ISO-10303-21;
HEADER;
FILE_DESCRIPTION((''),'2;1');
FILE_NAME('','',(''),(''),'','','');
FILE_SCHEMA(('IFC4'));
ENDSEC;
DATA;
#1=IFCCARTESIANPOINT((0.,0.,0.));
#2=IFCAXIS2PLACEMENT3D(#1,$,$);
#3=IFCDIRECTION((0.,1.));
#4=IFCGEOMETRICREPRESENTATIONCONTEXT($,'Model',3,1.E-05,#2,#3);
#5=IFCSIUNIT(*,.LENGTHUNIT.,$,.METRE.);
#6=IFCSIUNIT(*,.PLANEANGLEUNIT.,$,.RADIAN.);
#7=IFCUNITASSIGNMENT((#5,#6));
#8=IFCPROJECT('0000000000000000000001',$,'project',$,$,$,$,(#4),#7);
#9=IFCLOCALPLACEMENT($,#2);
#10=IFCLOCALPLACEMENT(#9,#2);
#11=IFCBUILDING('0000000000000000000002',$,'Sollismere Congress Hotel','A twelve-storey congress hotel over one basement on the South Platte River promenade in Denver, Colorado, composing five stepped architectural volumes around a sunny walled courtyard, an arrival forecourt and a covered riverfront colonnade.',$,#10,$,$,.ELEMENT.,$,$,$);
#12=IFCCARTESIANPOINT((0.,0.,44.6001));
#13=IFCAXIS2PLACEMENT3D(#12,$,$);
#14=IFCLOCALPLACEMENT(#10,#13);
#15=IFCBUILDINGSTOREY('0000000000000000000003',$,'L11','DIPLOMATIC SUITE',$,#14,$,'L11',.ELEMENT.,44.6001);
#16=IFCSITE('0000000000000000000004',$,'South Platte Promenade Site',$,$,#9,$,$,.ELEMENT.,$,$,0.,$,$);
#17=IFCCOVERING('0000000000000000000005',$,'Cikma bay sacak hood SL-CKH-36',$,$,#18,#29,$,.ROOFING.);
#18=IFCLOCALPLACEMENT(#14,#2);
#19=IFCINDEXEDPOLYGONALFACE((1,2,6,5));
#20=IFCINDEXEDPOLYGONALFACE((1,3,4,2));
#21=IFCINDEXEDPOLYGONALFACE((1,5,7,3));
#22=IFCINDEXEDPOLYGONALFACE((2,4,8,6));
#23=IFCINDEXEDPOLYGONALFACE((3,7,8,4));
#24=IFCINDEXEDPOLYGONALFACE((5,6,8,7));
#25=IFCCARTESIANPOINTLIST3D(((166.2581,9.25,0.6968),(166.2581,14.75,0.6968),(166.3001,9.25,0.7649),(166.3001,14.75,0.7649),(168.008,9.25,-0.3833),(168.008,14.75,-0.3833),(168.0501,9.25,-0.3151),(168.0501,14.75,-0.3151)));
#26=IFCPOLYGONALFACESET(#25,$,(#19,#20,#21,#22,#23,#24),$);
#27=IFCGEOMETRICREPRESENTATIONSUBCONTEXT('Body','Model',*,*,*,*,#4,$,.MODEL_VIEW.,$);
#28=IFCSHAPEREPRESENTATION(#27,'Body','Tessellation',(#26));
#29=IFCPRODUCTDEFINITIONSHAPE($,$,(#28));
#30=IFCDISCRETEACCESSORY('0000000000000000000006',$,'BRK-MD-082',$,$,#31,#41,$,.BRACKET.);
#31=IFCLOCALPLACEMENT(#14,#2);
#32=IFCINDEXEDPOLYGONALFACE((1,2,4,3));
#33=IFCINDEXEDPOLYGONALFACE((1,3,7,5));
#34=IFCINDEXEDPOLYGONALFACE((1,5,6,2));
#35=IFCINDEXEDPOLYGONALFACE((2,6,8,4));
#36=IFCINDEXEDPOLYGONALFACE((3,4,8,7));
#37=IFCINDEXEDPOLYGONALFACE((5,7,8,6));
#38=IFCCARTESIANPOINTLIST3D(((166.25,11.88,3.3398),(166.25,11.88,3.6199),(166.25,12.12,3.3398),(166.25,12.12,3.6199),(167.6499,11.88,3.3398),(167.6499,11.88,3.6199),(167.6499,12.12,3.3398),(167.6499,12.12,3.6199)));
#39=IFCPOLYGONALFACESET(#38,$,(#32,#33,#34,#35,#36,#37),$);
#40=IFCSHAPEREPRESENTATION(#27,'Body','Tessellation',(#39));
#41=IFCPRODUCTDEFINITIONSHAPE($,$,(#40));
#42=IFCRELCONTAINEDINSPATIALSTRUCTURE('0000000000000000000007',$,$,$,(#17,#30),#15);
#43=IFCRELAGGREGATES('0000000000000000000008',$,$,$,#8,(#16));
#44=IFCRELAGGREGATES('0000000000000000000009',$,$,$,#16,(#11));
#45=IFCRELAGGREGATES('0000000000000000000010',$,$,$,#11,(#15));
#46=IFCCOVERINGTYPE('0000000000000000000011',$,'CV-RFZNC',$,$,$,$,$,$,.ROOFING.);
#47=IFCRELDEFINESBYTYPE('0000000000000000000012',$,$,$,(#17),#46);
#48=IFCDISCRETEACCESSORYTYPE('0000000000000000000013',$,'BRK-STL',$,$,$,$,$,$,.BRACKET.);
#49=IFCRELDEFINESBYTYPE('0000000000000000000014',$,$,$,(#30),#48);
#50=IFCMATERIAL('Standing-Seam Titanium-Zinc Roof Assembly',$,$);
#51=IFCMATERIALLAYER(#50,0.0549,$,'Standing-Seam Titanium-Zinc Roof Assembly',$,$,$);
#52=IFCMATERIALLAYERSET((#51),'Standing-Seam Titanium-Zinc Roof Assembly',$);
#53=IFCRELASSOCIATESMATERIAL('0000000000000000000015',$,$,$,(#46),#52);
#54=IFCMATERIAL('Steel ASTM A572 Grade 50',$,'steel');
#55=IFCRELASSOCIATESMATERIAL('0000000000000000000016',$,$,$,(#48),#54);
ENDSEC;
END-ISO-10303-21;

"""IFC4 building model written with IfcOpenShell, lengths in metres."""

from ifc_helpers import new_model, si_unit, direction, frame, origin, origin_2d, place, context, subcontext, project, spatial, polyline, rectangle, outline, extrude, material, layer, layer_set, type_object, element, save


model = new_model("IFC4")

# Units and contexts
model_context = context("Model", 3, precision=1e-05, world=origin(), true_north=direction((0.0, 1.0)))
body_context = subcontext(model_context, "Body", "Model", "MODEL_VIEW")
ifc_project = project(units=[si_unit("LENGTHUNIT", "METRE"), si_unit("PLANEANGLEUNIT", "RADIAN")], contexts=[model_context])

# Site, building, storey
site_placement = place(None, origin())
site = spatial("IfcSite", under=ifc_project, at=site_placement, Name="South Platte Promenade Site", CompositionType="ELEMENT", RefElevation=0.0)
building_placement = place(site_placement, origin())
building = spatial("IfcBuilding", under=site, at=building_placement, Name="Sollismere Congress Hotel", Description="A twelve-storey congress hotel over one basement on the South Platte River promenade in Denver, Colorado, composing five stepped architectural volumes around a sunny walled courtyard, an arrival forecourt and a covered riverfront colonnade.", CompositionType="ELEMENT")
storey_placement = place(building_placement, frame((0.0, 0.0, 44.6001)))
storey = spatial("IfcBuildingStorey", under=building, at=storey_placement, Name="L11", Description="DIPLOMATIC SUITE", LongName="L11", CompositionType="ELEMENT", Elevation=44.6001)

# Covering
ifc_material_1 = material(Name="Standing-Seam Titanium-Zinc Roof Assembly")
ifc_layer_1 = layer(ifc_material_1, 0.0549, Name="Standing-Seam Titanium-Zinc Roof Assembly")
ifc_layer_set_1 = layer_set([ifc_layer_1], Name="Standing-Seam Titanium-Zinc Roof Assembly")
covering_type = type_object("IfcCoveringType", Name="CV-RFZNC", PredefinedType="ROOFING", material=ifc_layer_set_1)
covering_placement = place(storey_placement, frame((166.2581, 9.25, 0.6968), z_axis=(0.52521, 0.0, 0.850973), x_axis=(0.850973, 0.0, -0.52521)))
element("IfcCovering", 1, at=covering_placement, inside=storey, type_object=covering_type, Name="Cikma bay sacak hood SL-CKH-36", PredefinedType="ROOFING", context=body_context, shape_type="SweptSolid", body=[
    extrude(outline(polyline([(0.0, 0.0), (2.0564, 0.0), (2.0564, 5.5), (0.0, 5.5), (0.0, 0.0)])), origin(), (0.0, 0.0, 1.0), 0.0801),
])

# Discrete accessory
ifc_material_2 = material(Name="Steel ASTM A572 Grade 50", Category="steel")
discrete_accessory_type = type_object("IfcDiscreteAccessoryType", Name="BRK-STL", PredefinedType="BRACKET", material=ifc_material_2)
discrete_accessory_placement = place(storey_placement, frame((166.95, 12.0, 3.3398), z_axis=(0.0, 0.0, 1.0), x_axis=(1.0, 0.0, 0.0)))
element("IfcDiscreteAccessory", 2, at=discrete_accessory_placement, inside=storey, type_object=discrete_accessory_type, Name="BRK-MD-082", PredefinedType="BRACKET", context=body_context, shape_type="SweptSolid", body=[
    extrude(rectangle(XDim=1.3999, YDim=0.24, at=origin_2d()), origin(), (0.0, 0.0, 1.0), 0.28),
])

save(model, "model.ifc")
